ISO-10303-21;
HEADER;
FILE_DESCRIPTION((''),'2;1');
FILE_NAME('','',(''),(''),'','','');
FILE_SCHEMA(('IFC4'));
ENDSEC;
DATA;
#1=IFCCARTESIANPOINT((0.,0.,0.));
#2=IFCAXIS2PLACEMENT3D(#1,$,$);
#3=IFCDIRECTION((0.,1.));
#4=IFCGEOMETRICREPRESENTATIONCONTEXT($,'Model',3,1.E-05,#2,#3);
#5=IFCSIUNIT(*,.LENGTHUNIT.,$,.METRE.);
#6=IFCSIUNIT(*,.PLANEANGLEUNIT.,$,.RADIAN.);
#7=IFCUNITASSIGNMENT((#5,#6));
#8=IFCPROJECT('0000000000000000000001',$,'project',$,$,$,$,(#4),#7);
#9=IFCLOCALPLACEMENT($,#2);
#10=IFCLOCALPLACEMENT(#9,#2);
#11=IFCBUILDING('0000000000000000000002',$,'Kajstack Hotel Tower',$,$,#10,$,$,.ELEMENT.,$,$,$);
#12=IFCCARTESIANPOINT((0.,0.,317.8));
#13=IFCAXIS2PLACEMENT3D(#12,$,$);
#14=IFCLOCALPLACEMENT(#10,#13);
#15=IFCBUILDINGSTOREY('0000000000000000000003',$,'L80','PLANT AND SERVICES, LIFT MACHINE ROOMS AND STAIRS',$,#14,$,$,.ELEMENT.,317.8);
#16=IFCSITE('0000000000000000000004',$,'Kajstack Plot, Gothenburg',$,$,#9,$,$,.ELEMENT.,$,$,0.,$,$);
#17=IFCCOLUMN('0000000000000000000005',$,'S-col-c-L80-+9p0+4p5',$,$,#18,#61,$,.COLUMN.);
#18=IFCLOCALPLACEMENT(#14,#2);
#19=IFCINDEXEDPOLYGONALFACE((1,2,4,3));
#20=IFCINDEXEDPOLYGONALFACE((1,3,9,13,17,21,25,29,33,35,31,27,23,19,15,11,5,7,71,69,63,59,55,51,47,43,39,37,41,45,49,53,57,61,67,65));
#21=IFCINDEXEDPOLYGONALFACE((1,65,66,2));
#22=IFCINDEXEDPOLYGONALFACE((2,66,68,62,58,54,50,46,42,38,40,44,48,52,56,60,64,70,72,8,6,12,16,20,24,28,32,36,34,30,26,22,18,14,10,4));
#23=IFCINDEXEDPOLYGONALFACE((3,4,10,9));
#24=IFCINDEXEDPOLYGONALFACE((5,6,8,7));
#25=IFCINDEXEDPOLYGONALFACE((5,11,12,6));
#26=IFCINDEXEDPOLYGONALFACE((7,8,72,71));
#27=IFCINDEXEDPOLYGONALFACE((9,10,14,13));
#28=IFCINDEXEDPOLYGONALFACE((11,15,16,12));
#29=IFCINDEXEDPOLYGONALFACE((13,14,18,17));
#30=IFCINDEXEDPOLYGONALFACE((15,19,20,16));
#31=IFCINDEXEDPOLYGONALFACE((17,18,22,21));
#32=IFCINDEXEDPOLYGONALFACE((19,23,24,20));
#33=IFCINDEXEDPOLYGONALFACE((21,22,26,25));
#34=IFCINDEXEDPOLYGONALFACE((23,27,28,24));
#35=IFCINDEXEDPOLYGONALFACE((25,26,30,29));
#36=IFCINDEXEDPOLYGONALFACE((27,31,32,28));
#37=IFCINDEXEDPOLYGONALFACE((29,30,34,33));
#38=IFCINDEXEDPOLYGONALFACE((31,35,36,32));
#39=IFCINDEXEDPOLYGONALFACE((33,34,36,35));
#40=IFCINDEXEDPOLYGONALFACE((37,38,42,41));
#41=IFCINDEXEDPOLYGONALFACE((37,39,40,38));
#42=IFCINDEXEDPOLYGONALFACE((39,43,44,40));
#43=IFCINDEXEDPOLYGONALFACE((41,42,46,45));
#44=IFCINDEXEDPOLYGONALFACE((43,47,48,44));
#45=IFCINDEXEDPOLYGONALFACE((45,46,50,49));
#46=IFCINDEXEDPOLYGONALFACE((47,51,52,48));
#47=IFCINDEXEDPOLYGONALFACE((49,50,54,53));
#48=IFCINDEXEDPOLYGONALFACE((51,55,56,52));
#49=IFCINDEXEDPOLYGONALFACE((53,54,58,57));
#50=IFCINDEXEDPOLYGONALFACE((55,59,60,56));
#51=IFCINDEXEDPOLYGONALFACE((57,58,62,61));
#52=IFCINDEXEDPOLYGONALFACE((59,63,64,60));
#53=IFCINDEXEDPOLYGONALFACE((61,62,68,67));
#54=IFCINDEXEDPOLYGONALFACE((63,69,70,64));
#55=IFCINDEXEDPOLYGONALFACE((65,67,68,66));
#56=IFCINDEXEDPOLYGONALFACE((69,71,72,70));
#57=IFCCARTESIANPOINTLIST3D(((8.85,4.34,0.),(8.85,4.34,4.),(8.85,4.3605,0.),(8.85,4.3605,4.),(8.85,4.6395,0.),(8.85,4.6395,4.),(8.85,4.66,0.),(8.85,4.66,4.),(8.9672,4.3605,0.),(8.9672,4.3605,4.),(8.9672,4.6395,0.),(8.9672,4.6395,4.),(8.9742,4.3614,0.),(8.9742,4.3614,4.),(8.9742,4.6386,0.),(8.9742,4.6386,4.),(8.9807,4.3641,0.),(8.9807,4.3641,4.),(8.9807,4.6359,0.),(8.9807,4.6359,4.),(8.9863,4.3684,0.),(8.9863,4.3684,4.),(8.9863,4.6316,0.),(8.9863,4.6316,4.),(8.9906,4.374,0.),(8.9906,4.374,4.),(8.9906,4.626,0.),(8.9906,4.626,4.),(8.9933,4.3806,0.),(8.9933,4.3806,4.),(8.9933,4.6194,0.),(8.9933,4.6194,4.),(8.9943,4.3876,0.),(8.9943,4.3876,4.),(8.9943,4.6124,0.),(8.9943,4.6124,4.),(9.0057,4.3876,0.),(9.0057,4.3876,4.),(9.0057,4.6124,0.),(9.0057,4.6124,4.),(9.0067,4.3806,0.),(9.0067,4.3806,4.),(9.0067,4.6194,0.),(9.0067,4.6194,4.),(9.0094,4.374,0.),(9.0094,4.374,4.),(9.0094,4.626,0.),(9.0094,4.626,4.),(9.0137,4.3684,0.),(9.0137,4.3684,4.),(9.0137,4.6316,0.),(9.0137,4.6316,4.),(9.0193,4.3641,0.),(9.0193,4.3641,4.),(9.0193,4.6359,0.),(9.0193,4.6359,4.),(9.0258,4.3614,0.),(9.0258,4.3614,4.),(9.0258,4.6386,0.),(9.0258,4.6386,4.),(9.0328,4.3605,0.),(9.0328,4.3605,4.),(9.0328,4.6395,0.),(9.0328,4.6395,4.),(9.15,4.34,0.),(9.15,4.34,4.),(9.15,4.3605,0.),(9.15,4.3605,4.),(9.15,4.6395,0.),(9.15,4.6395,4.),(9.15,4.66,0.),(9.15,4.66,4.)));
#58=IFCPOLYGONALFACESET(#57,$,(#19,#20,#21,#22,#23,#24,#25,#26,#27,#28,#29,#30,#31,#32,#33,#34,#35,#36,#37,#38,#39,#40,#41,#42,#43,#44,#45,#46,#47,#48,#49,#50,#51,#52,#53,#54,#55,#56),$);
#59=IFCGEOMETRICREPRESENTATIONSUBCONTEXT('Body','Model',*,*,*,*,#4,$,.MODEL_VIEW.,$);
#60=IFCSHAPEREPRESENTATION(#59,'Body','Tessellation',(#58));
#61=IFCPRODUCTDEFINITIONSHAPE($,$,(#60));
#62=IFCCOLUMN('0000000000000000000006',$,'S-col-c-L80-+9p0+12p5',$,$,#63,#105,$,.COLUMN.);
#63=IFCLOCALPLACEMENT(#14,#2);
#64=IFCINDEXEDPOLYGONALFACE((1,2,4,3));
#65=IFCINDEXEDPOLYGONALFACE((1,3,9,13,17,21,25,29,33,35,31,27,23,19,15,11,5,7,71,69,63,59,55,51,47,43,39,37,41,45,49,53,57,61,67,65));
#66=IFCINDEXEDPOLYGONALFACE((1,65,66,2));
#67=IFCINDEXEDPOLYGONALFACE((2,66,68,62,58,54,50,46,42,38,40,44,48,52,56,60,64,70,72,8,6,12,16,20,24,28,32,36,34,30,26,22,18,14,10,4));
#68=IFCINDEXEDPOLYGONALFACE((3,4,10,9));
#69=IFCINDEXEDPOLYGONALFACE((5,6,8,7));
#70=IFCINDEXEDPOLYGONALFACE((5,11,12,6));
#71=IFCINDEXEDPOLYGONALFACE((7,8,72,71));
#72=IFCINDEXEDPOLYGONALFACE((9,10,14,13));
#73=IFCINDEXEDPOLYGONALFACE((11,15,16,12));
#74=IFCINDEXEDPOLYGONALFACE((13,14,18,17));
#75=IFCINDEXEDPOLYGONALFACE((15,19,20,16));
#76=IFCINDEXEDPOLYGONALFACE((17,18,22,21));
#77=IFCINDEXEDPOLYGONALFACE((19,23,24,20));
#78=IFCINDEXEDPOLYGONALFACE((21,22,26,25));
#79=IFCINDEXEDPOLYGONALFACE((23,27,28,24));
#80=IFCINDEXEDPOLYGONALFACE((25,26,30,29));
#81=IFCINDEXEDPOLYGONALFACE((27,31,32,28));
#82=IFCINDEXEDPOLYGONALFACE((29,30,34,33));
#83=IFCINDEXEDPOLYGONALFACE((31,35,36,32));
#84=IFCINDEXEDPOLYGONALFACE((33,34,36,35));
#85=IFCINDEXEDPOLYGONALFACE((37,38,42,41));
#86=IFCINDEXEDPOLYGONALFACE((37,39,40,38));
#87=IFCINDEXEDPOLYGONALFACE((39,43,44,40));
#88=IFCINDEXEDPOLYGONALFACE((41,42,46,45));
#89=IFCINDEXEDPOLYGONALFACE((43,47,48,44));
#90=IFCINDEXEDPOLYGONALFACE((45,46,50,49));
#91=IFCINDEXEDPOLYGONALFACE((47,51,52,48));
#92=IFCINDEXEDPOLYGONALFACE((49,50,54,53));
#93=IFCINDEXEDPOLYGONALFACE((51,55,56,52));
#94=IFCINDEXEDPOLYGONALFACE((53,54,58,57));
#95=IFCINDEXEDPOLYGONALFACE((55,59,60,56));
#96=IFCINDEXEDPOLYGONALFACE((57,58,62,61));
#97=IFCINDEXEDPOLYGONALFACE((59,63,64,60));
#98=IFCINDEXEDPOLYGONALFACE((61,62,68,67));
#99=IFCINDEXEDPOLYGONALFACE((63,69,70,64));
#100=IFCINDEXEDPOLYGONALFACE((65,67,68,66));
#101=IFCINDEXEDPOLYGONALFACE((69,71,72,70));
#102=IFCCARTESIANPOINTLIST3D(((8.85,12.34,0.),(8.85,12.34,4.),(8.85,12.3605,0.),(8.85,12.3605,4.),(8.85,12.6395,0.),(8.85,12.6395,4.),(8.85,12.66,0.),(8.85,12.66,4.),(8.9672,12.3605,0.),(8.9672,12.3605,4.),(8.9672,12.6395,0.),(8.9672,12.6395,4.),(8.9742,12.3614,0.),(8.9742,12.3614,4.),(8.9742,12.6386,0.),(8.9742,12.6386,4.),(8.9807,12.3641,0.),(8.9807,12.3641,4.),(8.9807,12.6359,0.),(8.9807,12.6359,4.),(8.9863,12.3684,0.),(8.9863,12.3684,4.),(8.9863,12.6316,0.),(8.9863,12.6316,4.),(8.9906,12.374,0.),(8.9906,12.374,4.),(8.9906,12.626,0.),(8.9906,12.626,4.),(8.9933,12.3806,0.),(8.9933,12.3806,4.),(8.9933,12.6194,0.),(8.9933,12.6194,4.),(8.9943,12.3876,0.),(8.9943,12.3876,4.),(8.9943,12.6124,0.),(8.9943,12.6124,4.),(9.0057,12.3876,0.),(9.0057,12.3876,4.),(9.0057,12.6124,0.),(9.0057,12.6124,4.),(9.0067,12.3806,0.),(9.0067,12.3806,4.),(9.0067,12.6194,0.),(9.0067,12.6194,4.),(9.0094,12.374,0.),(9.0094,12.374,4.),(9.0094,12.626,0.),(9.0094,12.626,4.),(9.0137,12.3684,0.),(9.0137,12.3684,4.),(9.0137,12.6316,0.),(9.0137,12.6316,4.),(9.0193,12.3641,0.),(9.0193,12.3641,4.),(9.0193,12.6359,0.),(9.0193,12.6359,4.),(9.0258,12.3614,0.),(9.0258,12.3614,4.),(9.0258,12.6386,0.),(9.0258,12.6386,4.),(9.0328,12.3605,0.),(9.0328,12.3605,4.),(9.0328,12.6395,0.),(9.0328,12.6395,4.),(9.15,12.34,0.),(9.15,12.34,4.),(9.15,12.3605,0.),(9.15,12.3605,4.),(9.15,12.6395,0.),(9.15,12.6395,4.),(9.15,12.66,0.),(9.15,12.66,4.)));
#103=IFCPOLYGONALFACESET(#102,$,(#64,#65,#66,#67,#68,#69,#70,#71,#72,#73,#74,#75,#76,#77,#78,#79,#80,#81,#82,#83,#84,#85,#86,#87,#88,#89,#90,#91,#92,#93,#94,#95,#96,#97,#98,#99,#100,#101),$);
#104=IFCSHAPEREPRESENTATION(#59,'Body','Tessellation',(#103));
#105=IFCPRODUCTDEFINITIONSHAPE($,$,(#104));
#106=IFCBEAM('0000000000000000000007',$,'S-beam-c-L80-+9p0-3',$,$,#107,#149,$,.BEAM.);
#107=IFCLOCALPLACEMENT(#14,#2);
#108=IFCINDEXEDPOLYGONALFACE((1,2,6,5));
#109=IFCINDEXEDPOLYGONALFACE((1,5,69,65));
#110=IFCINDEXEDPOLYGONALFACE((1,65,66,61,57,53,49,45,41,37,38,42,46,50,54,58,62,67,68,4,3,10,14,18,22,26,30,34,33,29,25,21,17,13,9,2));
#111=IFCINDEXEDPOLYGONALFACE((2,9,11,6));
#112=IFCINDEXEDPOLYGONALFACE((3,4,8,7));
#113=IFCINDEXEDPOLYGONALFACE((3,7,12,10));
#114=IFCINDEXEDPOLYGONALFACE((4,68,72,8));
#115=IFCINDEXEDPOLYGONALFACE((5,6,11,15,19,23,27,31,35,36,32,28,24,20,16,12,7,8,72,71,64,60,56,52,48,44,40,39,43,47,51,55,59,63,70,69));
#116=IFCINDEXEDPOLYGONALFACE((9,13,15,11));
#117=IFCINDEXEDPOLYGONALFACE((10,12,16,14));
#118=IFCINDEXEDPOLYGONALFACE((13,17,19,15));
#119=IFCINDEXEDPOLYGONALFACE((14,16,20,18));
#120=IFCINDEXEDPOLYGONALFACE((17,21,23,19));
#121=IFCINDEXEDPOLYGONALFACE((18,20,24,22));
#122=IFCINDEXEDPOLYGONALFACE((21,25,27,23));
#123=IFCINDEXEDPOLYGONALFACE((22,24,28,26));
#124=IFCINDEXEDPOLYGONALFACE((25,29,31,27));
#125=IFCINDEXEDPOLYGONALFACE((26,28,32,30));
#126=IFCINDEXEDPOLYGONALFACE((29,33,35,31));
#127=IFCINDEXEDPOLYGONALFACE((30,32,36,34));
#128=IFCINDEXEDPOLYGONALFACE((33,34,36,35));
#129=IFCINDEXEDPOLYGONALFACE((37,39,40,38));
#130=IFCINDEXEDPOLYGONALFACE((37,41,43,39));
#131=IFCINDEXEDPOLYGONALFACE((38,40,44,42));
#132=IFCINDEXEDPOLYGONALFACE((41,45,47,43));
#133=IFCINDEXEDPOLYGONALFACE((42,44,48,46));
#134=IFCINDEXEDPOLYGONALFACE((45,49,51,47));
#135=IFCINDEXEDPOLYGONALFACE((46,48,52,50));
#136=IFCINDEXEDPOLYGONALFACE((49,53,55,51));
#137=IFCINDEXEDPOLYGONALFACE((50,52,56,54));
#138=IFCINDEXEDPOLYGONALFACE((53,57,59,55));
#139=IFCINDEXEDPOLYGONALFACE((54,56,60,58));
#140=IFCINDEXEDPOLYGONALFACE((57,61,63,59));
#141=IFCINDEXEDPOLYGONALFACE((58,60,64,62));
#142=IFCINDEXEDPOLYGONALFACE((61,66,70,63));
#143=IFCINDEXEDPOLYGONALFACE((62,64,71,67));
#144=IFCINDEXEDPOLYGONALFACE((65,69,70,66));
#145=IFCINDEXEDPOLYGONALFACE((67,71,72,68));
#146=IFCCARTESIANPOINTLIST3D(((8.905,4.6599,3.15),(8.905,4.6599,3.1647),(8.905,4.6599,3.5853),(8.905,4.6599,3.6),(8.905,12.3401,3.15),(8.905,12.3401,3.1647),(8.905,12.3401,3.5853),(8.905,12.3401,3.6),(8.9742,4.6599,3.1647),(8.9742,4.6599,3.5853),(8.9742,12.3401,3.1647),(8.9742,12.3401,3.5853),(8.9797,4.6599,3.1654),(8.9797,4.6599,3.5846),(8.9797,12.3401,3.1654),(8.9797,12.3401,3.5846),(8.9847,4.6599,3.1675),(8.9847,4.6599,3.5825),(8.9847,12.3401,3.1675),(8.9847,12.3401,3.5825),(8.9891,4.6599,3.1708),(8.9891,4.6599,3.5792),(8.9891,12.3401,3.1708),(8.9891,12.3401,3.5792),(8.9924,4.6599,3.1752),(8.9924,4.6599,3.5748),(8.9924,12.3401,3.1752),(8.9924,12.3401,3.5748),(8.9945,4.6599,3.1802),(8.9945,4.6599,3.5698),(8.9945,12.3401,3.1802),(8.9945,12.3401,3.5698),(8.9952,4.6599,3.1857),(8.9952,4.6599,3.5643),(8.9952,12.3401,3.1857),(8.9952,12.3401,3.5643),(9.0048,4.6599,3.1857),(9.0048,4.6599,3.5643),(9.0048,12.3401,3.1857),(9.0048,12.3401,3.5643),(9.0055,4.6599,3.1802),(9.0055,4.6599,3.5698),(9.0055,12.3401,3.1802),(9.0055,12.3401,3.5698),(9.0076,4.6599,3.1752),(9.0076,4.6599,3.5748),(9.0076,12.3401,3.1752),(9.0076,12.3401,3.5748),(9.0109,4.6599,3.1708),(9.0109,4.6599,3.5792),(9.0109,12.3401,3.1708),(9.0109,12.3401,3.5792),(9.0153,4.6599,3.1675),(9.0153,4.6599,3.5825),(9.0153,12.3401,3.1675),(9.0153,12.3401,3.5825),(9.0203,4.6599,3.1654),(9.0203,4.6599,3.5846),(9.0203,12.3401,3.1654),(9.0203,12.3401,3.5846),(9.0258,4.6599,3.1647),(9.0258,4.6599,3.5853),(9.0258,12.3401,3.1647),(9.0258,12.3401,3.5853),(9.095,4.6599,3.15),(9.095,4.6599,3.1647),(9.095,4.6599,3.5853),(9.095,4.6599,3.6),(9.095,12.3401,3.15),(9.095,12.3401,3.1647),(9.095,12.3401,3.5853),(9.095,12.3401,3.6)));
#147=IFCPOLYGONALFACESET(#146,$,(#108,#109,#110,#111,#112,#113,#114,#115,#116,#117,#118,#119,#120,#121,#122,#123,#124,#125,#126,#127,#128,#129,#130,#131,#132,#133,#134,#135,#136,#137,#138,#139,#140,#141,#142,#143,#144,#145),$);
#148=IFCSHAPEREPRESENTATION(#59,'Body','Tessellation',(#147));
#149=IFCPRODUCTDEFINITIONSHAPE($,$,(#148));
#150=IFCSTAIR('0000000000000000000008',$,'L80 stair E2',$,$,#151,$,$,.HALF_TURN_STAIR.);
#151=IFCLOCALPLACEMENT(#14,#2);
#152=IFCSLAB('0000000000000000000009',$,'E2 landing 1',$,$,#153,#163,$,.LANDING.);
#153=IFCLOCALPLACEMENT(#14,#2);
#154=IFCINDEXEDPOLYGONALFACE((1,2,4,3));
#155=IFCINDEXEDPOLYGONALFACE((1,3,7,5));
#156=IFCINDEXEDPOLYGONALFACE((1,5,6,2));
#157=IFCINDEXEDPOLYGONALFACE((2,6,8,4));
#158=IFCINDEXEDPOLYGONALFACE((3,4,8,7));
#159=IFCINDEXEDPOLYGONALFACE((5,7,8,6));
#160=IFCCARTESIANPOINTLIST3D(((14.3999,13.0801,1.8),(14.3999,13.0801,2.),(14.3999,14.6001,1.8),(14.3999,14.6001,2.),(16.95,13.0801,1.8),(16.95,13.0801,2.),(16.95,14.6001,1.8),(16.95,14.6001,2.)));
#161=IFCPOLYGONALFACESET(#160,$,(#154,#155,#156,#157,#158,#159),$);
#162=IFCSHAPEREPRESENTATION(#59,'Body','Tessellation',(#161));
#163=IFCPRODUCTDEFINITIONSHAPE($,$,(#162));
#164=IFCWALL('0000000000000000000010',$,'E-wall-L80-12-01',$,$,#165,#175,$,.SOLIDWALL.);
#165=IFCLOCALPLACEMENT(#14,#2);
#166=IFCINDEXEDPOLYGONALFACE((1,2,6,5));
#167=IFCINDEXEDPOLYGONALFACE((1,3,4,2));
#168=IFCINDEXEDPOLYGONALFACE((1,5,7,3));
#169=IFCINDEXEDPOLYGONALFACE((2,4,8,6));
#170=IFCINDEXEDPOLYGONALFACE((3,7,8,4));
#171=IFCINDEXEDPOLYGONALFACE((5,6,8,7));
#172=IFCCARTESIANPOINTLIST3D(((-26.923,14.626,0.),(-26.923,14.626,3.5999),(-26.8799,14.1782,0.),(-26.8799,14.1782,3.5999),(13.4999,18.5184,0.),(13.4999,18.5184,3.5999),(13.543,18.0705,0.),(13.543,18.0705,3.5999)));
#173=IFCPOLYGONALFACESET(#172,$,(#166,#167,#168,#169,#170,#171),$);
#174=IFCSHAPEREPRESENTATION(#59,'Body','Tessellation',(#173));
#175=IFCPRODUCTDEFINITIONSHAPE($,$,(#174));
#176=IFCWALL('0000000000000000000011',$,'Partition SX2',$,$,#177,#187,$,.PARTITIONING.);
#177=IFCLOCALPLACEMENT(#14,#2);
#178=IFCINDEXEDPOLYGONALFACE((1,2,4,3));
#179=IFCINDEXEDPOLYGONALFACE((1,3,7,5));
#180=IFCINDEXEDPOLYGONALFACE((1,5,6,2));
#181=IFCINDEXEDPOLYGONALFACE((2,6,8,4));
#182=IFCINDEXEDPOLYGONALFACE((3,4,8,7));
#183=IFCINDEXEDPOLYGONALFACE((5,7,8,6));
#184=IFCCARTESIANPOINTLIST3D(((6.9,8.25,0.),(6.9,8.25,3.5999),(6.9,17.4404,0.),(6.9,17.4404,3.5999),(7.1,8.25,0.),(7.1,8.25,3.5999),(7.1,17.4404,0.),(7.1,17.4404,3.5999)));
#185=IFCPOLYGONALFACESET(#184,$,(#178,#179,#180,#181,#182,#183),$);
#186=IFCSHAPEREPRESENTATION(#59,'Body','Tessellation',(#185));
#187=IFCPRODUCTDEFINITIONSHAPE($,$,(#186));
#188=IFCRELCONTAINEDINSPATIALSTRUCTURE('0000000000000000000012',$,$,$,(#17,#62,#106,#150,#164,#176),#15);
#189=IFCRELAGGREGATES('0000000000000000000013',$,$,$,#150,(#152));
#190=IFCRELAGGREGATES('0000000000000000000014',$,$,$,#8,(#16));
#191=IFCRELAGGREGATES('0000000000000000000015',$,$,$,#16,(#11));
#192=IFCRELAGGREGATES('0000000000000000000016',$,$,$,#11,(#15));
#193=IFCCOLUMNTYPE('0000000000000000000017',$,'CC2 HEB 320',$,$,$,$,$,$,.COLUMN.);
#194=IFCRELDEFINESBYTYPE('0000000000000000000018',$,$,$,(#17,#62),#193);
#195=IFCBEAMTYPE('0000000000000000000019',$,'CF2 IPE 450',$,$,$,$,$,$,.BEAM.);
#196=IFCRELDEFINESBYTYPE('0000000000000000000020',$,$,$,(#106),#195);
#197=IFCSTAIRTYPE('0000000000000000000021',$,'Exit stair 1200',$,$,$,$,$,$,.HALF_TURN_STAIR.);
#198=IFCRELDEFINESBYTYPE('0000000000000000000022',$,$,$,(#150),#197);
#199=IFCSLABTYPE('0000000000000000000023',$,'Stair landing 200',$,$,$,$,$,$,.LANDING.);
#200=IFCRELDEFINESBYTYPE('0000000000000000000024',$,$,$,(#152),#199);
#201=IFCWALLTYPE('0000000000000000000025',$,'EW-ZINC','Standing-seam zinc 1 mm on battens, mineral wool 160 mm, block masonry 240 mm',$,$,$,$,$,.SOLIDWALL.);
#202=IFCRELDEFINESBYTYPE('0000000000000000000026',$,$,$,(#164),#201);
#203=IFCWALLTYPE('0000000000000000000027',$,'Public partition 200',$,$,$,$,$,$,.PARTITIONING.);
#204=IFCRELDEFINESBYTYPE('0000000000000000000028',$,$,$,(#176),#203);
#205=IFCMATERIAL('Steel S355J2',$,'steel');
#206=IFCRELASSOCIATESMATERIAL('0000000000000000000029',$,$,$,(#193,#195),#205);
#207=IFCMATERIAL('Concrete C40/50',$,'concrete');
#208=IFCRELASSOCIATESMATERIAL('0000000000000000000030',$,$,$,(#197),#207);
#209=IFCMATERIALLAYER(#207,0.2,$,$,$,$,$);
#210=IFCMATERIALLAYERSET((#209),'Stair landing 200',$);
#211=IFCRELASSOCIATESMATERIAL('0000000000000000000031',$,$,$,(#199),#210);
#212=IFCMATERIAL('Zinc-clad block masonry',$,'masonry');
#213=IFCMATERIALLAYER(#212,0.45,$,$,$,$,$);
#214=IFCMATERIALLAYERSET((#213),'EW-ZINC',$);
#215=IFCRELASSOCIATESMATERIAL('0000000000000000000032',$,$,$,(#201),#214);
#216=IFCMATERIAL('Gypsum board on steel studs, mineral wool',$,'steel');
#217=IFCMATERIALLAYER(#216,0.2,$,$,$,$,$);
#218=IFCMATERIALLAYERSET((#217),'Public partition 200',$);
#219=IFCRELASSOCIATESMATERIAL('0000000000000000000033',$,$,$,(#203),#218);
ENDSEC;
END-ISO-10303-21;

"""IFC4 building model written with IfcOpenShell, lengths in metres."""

from ifc_helpers import new_model, si_unit, direction, frame, frame_2d, origin, origin_2d, place, context, subcontext, project, spatial, polyline, rectangle, i_section, outline, extrude, material, layer, layer_set, material_profile, profile_set, type_object, element, aggregate, save


model = new_model("IFC4")

# Units and contexts
model_context = context("Model", 3, precision=1e-05, world=origin(), true_north=direction((0.0, 1.0)))
body_context = subcontext(model_context, "Body", "Model", "MODEL_VIEW")
ifc_project = project(units=[si_unit("LENGTHUNIT", "METRE"), si_unit("PLANEANGLEUNIT", "RADIAN")], contexts=[model_context])

# Site, building, storey
site_placement = place(None, origin())
site = spatial("IfcSite", under=ifc_project, at=site_placement, Name="Kajstack Plot, Gothenburg", CompositionType="ELEMENT", RefElevation=0.0)
building_placement = place(site_placement, origin())
building = spatial("IfcBuilding", under=site, at=building_placement, Name="Kajstack Hotel Tower", CompositionType="ELEMENT")
storey_placement = place(building_placement, frame((0.0, 0.0, 317.8)))
storey = spatial("IfcBuildingStorey", under=building, at=storey_placement, Name="L80", Description="PLANT AND SERVICES, LIFT MACHINE ROOMS AND STAIRS", CompositionType="ELEMENT", Elevation=317.8)

# Columns
ifc_material_1 = material(Name="Steel S355J2", Category="steel")
ifc_material_profile_1 = material_profile(ifc_material_1, i_section(OverallWidth=0.3, OverallDepth=0.3201, WebThickness=0.0115, FlangeThickness=0.0205, FilletRadius=0.0271, at=origin_2d()), Name="HEB 320")
ifc_profile_set_1 = profile_set([ifc_material_profile_1], Name="Steel S355J2")
column_type = type_object("IfcColumnType", Name="CC2 HEB 320", PredefinedType="COLUMN", material=ifc_profile_set_1)
for number, where, z_axis, x_axis, name in (
    (1, (9.0, 4.5, 0.0), (0.0, 0.0, 1.0), (1.0, 0.0, 0.0), "S-col-c-L80-+9p0+4p5"),
    (2, (9.0, 12.5, 0.0), (0.0, 0.0, 1.0), (1.0, 0.0, 0.0), "S-col-c-L80-+9p0+12p5"),
):
    element("IfcColumn", number, at=place(storey_placement, frame(where, z_axis=z_axis, x_axis=x_axis)), inside=storey, type_object=column_type, Name=name, PredefinedType="COLUMN", context=body_context, shape_type="SweptSolid", body=[
        extrude(i_section(OverallWidth=0.3, OverallDepth=0.3201, WebThickness=0.0115, FlangeThickness=0.0205, FilletRadius=0.0271, at=origin_2d()), origin(), (0.0, 0.0, 1.0), 4.0),
    ])

# Beam
ifc_material_profile_2 = material_profile(ifc_material_1, i_section(OverallWidth=0.1899, OverallDepth=0.45, WebThickness=0.0095, FlangeThickness=0.0146, FilletRadius=0.021, at=origin_2d()), Name="IPE 450")
ifc_profile_set_2 = profile_set([ifc_material_profile_2], Name="Steel S355J2")
beam_type = type_object("IfcBeamType", Name="CF2 IPE 450", PredefinedType="BEAM", material=ifc_profile_set_2)
beam_placement = place(storey_placement, frame((9.0, 4.6599, 3.375), z_axis=(0.0, 1.0, 0.0), x_axis=(-1.0, 0.0, 0.0)))
element("IfcBeam", 3, at=beam_placement, inside=storey, type_object=beam_type, Name="S-beam-c-L80-+9p0-3", PredefinedType="BEAM", context=body_context, shape_type="SweptSolid", body=[
    extrude(i_section(OverallWidth=0.1899, OverallDepth=0.45, WebThickness=0.0095, FlangeThickness=0.0146, FilletRadius=0.021, at=origin_2d()), origin(), (0.0, 0.0, 1.0), 7.6802),
])

# Stair, slab
ifc_material_2 = material(Name="Concrete C40/50", Category="concrete")
stair_type = type_object("IfcStairType", Name="Exit stair 1200", PredefinedType="HALF_TURN_STAIR", material=ifc_material_2)
stair_placement = place(storey_placement, origin())
stair = element("IfcStair", 4, at=stair_placement, inside=storey, type_object=stair_type, Name="L80 stair E2", PredefinedType="HALF_TURN_STAIR")
ifc_layer_1 = layer(ifc_material_2, 0.2)
ifc_layer_set_1 = layer_set([ifc_layer_1], Name="Stair landing 200")
slab_type = type_object("IfcSlabType", Name="Stair landing 200", PredefinedType="LANDING", material=ifc_layer_set_1)
slab_placement = place(storey_placement, frame((0.0, 0.0, 1.8)))
slab = element("IfcSlab", 5, at=slab_placement, type_object=slab_type, Name="E2 landing 1", PredefinedType="LANDING", context=body_context, shape_type="SweptSolid", body=[
    extrude(outline(polyline([(16.95, 13.0801), (16.95, 14.6001), (14.3999, 14.6001), (14.3999, 13.0801), (16.95, 13.0801)])), origin(), (0.0, 0.0, 1.0), 0.2),
])
aggregate(stair, [slab])

# Walls
ifc_material_3 = material(Name="Zinc-clad block masonry", Category="masonry")
ifc_layer_2 = layer(ifc_material_3, 0.45)
ifc_layer_set_2 = layer_set([ifc_layer_2], Name="EW-ZINC")
wall_type_1 = type_object("IfcWallType", Name="EW-ZINC", Description="Standing-seam zinc 1 mm on battens, mineral wool 160 mm, block masonry 240 mm", PredefinedType="SOLIDWALL", material=ifc_layer_set_2)
wall_1_placement = place(storey_placement, frame((13.5215, 18.2944, 0.0), z_axis=(0.0, 0.0, 1.0), x_axis=(-0.995396, -0.095847, 0.0)))
element("IfcWall", 6, at=wall_1_placement, inside=storey, type_object=wall_type_1, Name="E-wall-L80-12-01", PredefinedType="SOLIDWALL", context=body_context, shape_type="SweptSolid", body=[
    extrude(rectangle(XDim=40.6099, YDim=0.45, at=frame_2d((20.3049, 0.0))), origin(), (0.0, 0.0, 1.0), 3.5999),
])
ifc_material_4 = material(Name="Gypsum board on steel studs, mineral wool", Category="steel")
ifc_layer_3 = layer(ifc_material_4, 0.2)
ifc_layer_set_3 = layer_set([ifc_layer_3], Name="Public partition 200")
wall_type_2 = type_object("IfcWallType", Name="Public partition 200", PredefinedType="PARTITIONING", material=ifc_layer_set_3)
wall_2_placement = place(storey_placement, frame((7.0, 8.25, 0.0), z_axis=(0.0, 0.0, 1.0), x_axis=(0.0, 1.0, 0.0)))
element("IfcWall", 7, at=wall_2_placement, inside=storey, type_object=wall_type_2, Name="Partition SX2", PredefinedType="PARTITIONING", context=body_context, shape_type="SweptSolid", body=[
    extrude(rectangle(XDim=9.1904, YDim=0.2, at=frame_2d((4.5952, 0.0))), origin(), (0.0, 0.0, 1.0), 3.5999),
])

save(model, "model.ifc")
